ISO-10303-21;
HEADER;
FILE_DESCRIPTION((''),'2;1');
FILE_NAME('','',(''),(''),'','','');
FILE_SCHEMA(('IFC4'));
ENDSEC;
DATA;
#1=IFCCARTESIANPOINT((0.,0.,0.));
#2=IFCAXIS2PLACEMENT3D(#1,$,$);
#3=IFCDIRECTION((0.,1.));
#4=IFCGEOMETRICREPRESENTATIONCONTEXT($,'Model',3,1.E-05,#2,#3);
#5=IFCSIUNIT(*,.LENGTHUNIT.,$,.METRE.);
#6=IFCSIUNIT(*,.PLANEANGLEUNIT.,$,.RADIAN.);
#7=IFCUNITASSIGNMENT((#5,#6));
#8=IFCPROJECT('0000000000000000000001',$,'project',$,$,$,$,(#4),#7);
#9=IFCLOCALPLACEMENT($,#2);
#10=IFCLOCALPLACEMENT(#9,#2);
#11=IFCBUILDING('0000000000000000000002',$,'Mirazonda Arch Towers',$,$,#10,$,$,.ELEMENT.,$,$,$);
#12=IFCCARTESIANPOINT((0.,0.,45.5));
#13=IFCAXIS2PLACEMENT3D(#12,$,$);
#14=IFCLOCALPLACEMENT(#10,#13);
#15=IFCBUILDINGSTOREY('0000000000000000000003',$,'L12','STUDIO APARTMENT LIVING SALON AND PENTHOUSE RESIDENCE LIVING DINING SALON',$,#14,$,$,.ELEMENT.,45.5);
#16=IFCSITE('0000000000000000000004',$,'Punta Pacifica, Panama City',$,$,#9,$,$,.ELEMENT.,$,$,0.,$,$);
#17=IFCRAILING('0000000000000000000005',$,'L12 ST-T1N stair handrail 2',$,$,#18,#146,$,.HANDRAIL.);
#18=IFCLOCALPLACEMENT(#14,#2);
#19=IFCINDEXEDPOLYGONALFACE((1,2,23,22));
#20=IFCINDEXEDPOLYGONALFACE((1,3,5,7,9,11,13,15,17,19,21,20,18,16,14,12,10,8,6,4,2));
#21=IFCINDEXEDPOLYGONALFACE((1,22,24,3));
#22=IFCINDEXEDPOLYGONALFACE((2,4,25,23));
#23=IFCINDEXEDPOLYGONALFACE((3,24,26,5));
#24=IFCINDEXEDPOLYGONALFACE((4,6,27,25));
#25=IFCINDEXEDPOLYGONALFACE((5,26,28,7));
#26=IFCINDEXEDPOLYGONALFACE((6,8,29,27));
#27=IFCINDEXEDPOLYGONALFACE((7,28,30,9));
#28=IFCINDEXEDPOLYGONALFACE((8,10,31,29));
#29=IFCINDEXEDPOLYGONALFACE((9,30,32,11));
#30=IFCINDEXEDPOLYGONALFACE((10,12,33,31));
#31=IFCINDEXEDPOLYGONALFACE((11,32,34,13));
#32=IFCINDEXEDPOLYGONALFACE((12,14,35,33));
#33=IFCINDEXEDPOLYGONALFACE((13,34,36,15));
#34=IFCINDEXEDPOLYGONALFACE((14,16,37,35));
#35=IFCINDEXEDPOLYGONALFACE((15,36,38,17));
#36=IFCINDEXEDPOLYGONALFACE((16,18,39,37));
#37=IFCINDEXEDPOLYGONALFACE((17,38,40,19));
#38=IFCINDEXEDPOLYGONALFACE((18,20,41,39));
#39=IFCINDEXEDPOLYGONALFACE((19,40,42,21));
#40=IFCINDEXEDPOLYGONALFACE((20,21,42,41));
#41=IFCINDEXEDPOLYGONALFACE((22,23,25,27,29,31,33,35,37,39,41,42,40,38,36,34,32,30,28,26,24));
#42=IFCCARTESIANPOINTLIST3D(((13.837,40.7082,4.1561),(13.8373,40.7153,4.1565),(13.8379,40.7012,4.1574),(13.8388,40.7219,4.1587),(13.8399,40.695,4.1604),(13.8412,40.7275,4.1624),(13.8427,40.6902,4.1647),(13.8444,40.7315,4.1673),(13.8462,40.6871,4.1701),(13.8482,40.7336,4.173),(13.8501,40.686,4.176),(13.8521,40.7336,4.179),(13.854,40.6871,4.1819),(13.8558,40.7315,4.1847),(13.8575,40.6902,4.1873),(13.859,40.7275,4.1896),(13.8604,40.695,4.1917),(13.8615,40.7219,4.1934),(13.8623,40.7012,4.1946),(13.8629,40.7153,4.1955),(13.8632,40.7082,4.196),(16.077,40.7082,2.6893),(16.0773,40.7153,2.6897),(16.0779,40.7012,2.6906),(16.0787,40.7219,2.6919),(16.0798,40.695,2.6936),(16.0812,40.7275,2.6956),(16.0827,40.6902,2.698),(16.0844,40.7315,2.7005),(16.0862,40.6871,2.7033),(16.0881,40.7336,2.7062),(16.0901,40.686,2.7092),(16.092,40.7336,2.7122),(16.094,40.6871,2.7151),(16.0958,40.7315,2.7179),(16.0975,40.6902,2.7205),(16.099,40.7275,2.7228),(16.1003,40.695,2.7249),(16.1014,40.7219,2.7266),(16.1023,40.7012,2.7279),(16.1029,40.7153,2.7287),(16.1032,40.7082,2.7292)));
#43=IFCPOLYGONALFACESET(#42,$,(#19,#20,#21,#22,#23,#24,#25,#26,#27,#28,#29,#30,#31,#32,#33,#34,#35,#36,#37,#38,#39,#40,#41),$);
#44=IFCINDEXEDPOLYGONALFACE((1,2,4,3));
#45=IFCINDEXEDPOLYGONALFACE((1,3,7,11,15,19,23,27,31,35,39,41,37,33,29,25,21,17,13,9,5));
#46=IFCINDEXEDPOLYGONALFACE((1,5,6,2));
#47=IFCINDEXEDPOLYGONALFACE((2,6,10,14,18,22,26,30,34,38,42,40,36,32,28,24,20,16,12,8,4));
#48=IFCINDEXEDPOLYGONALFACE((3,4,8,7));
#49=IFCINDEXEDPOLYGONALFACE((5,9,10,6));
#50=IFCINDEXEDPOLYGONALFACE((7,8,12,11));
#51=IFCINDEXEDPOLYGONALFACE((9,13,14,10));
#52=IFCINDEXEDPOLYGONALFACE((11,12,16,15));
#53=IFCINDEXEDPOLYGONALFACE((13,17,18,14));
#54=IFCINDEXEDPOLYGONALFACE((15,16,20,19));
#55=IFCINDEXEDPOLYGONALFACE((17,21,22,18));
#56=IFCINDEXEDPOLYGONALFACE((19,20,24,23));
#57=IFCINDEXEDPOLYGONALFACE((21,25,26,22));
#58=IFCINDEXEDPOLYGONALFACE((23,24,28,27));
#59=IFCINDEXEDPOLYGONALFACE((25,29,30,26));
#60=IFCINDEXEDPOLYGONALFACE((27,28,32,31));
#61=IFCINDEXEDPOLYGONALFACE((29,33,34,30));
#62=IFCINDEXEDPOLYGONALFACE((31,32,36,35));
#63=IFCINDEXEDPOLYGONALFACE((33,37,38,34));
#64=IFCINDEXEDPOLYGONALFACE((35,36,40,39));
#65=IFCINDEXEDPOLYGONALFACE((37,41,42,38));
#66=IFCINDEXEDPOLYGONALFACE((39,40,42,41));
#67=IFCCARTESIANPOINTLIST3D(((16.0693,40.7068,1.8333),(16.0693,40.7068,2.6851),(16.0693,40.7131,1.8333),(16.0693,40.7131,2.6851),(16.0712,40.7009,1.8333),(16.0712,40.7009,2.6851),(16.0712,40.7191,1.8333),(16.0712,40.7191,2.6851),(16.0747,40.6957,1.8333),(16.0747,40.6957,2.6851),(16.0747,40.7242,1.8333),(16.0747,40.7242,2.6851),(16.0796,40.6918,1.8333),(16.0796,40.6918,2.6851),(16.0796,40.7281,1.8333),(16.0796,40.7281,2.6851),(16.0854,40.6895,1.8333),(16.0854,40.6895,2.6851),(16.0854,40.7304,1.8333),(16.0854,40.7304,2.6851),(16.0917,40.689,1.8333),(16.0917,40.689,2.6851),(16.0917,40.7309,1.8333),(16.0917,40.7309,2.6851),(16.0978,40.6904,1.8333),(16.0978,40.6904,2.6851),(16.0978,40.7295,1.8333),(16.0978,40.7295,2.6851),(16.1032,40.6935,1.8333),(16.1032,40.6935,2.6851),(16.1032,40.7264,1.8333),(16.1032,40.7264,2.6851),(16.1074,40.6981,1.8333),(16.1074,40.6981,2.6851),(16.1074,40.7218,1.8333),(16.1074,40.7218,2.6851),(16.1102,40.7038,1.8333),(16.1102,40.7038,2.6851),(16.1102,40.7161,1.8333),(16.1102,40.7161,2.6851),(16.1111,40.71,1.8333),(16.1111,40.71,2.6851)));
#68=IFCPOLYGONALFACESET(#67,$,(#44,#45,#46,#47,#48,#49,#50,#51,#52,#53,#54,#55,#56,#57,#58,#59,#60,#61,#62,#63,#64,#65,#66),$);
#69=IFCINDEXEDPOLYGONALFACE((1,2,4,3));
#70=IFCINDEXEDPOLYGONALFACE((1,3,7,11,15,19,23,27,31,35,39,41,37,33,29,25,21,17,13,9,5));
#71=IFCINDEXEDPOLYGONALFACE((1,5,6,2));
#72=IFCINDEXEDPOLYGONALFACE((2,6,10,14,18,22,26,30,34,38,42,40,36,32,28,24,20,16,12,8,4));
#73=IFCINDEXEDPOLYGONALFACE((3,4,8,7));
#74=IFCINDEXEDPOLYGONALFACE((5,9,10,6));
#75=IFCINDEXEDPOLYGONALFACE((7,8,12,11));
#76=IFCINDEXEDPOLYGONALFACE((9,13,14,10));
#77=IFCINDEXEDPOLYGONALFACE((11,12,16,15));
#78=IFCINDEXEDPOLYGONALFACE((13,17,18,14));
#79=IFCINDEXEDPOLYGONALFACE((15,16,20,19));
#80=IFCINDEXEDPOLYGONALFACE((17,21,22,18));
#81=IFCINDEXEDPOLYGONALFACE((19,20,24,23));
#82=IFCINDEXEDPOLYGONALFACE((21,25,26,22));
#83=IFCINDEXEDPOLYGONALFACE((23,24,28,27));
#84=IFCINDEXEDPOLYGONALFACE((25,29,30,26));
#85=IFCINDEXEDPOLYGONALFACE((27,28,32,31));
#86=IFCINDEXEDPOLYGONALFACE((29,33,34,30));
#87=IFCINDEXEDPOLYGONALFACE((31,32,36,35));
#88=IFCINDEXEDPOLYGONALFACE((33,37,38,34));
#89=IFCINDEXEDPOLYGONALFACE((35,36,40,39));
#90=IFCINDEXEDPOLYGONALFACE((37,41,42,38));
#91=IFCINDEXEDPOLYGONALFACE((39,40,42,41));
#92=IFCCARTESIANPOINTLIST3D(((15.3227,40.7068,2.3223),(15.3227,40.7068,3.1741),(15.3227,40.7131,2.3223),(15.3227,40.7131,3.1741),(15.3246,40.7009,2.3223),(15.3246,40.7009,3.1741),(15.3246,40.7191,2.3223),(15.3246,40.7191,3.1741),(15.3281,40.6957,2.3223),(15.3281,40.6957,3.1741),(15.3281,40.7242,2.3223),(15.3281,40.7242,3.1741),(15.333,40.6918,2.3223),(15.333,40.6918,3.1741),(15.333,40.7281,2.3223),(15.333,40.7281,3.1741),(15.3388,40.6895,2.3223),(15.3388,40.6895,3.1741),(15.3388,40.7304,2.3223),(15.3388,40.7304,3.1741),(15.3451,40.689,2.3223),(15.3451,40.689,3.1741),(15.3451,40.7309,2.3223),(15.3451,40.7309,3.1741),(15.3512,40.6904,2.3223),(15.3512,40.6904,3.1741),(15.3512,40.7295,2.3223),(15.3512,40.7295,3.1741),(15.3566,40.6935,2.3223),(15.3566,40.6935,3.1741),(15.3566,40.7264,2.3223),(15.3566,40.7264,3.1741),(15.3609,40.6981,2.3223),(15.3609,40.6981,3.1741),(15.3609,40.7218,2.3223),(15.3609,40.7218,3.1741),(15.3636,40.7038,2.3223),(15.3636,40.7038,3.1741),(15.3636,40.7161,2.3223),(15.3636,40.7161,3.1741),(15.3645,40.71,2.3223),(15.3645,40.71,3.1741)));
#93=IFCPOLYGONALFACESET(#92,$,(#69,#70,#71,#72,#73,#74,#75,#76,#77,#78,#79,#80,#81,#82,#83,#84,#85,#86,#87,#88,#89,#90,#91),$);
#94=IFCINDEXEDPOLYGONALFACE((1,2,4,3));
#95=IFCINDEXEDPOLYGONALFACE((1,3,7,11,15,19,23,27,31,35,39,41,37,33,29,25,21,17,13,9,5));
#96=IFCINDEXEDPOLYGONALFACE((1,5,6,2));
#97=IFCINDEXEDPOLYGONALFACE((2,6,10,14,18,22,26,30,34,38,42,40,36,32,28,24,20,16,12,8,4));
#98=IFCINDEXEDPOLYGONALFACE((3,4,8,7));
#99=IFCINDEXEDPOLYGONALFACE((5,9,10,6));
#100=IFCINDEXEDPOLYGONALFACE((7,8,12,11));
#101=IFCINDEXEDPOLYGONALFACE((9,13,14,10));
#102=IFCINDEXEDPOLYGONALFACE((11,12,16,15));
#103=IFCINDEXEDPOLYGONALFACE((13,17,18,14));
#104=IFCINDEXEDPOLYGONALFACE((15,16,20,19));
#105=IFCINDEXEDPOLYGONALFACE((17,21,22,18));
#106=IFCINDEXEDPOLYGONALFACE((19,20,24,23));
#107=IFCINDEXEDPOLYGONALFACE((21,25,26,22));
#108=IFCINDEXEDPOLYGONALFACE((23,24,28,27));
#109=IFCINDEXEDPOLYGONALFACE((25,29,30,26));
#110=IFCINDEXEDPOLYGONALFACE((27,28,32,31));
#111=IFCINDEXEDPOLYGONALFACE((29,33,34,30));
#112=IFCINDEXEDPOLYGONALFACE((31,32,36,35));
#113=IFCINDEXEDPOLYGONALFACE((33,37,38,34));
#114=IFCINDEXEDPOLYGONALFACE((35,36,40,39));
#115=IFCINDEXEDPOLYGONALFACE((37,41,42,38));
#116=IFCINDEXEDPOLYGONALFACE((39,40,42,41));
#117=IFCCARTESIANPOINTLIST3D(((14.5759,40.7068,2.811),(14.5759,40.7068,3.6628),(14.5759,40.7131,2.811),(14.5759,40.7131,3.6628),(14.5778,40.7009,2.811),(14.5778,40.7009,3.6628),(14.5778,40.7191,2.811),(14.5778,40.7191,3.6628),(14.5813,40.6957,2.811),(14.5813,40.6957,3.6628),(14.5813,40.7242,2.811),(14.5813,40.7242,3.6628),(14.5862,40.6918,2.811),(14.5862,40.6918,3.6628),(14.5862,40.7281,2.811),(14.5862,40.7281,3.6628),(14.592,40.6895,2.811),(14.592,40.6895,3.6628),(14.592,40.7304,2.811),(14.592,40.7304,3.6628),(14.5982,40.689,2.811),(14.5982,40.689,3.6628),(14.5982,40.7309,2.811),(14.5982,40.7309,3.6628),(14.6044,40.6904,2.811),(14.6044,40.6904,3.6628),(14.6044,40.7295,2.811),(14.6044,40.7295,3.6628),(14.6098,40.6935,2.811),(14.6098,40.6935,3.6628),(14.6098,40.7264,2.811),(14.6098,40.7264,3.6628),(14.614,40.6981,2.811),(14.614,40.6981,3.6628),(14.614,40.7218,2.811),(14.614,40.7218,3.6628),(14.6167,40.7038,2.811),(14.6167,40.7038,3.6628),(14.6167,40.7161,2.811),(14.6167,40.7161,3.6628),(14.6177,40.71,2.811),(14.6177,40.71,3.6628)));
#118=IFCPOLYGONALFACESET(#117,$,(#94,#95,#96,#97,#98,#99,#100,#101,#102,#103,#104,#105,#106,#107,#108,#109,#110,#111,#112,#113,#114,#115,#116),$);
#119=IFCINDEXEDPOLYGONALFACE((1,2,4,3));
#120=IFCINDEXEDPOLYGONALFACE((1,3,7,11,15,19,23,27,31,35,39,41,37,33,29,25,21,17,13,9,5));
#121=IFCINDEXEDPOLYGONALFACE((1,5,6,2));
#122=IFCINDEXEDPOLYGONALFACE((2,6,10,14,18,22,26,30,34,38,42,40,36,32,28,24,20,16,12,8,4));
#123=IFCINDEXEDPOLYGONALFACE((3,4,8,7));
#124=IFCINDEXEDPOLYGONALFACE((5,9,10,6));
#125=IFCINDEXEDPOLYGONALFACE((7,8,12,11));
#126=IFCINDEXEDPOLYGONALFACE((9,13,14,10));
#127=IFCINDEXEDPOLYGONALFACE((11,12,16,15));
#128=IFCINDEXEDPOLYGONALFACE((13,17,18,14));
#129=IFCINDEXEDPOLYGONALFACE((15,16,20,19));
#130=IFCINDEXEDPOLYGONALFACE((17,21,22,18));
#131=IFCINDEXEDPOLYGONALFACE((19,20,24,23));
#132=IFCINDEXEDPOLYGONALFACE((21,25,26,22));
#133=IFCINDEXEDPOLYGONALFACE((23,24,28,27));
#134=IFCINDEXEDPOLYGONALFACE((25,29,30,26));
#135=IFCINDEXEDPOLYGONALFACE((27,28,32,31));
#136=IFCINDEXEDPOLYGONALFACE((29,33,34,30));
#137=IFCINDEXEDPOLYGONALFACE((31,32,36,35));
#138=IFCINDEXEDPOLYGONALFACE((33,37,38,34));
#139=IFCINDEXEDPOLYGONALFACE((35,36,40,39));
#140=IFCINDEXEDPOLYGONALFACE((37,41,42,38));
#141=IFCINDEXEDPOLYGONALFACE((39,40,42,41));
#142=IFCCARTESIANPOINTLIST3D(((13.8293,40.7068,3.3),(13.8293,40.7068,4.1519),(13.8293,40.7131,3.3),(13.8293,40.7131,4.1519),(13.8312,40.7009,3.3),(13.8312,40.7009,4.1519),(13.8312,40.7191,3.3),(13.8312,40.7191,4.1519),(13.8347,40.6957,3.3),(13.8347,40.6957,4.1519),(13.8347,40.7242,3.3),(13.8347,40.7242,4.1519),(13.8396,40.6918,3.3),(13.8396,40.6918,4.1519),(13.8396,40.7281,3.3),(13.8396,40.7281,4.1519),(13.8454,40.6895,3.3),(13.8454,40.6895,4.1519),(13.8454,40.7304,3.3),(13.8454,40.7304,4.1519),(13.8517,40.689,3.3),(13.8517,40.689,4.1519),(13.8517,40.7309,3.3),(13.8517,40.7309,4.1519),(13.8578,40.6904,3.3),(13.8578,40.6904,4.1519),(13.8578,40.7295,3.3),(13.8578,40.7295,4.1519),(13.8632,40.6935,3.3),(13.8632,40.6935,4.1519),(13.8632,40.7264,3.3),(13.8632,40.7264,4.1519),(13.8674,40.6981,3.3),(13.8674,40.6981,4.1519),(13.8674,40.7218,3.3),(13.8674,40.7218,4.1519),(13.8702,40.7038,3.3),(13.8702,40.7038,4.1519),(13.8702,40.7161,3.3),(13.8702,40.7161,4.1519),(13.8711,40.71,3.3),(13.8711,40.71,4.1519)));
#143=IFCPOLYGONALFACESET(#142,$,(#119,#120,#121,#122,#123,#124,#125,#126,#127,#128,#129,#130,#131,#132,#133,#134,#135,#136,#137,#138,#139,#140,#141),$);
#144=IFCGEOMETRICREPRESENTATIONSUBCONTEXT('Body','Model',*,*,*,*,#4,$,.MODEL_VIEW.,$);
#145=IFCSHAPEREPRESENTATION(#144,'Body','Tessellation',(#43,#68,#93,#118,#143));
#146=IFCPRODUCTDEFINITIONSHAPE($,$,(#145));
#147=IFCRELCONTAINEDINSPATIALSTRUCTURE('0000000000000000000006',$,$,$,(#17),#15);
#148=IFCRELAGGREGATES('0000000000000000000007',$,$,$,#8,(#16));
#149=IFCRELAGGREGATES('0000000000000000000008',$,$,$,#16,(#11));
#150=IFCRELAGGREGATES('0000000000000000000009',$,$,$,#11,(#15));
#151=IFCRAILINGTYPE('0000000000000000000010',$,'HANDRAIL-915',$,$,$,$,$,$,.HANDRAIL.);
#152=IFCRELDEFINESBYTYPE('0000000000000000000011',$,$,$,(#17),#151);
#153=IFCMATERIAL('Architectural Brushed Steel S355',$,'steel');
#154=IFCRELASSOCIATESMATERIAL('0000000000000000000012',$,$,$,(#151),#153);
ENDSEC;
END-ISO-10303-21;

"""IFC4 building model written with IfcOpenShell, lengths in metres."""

from ifc_helpers import new_model, si_unit, direction, frame, origin, origin_2d, place, context, subcontext, project, spatial, circle, extrude, material, type_object, element, save


model = new_model("IFC4")

# Units and contexts
model_context = context("Model", 3, precision=1e-05, world=origin(), true_north=direction((0.0, 1.0)))
body_context = subcontext(model_context, "Body", "Model", "MODEL_VIEW")
ifc_project = project(units=[si_unit("LENGTHUNIT", "METRE"), si_unit("PLANEANGLEUNIT", "RADIAN")], contexts=[model_context])

# Site, building, storey
site_placement = place(None, origin())
site = spatial("IfcSite", under=ifc_project, at=site_placement, Name="Punta Pacifica, Panama City", CompositionType="ELEMENT", RefElevation=0.0)
building_placement = place(site_placement, origin())
building = spatial("IfcBuilding", under=site, at=building_placement, Name="Mirazonda Arch Towers", CompositionType="ELEMENT")
storey_placement = place(building_placement, frame((0.0, 0.0, 45.5)))
storey = spatial("IfcBuildingStorey", under=building, at=storey_placement, Name="L12", Description="STUDIO APARTMENT LIVING SALON AND PENTHOUSE RESIDENCE LIVING DINING SALON", CompositionType="ELEMENT", Elevation=45.5)

# Shared definitions
ifc_material_1 = material(Name="Architectural Brushed Steel S355", Category="steel")

# Railing
railing_type_1 = type_object("IfcRailingType", Name="HANDRAIL-915", PredefinedType="HANDRAIL", material=ifc_material_1)
railing_1_placement = place(storey_placement, frame((16.0901, 40.71, 1.8333)))
element("IfcRailing", 1, at=railing_1_placement, inside=storey, type_object=railing_type_1, Name="L12 ST-T1N stair handrail 2", PredefinedType="HANDRAIL", context=body_context, shape_type="SweptSolid", body=[
    extrude(circle(Radius=0.0239, at=origin_2d()), frame((0.0, 0.0, 0.876), z_axis=(-0.836595, 0.0, 0.547822), x_axis=(0.0, -1.0, 0.0)), (0.0, 0.0, 1.0), 2.6775),
    extrude(circle(Radius=0.021, at=origin_2d()), origin(), (0.0, 0.0, 1.0), 0.8518),
    extrude(circle(Radius=0.021, at=origin_2d()), frame((-0.7466, 0.0, 0.489)), (0.0, 0.0, 1.0), 0.8518),
    extrude(circle(Radius=0.021, at=origin_2d()), frame((-1.4934, 0.0, 0.9778)), (0.0, 0.0, 1.0), 0.8518),
    extrude(circle(Radius=0.021, at=origin_2d()), frame((-2.24, 0.0, 1.4668)), (0.0, 0.0, 1.0), 0.8518),
])

save(model, "model.ifc")
